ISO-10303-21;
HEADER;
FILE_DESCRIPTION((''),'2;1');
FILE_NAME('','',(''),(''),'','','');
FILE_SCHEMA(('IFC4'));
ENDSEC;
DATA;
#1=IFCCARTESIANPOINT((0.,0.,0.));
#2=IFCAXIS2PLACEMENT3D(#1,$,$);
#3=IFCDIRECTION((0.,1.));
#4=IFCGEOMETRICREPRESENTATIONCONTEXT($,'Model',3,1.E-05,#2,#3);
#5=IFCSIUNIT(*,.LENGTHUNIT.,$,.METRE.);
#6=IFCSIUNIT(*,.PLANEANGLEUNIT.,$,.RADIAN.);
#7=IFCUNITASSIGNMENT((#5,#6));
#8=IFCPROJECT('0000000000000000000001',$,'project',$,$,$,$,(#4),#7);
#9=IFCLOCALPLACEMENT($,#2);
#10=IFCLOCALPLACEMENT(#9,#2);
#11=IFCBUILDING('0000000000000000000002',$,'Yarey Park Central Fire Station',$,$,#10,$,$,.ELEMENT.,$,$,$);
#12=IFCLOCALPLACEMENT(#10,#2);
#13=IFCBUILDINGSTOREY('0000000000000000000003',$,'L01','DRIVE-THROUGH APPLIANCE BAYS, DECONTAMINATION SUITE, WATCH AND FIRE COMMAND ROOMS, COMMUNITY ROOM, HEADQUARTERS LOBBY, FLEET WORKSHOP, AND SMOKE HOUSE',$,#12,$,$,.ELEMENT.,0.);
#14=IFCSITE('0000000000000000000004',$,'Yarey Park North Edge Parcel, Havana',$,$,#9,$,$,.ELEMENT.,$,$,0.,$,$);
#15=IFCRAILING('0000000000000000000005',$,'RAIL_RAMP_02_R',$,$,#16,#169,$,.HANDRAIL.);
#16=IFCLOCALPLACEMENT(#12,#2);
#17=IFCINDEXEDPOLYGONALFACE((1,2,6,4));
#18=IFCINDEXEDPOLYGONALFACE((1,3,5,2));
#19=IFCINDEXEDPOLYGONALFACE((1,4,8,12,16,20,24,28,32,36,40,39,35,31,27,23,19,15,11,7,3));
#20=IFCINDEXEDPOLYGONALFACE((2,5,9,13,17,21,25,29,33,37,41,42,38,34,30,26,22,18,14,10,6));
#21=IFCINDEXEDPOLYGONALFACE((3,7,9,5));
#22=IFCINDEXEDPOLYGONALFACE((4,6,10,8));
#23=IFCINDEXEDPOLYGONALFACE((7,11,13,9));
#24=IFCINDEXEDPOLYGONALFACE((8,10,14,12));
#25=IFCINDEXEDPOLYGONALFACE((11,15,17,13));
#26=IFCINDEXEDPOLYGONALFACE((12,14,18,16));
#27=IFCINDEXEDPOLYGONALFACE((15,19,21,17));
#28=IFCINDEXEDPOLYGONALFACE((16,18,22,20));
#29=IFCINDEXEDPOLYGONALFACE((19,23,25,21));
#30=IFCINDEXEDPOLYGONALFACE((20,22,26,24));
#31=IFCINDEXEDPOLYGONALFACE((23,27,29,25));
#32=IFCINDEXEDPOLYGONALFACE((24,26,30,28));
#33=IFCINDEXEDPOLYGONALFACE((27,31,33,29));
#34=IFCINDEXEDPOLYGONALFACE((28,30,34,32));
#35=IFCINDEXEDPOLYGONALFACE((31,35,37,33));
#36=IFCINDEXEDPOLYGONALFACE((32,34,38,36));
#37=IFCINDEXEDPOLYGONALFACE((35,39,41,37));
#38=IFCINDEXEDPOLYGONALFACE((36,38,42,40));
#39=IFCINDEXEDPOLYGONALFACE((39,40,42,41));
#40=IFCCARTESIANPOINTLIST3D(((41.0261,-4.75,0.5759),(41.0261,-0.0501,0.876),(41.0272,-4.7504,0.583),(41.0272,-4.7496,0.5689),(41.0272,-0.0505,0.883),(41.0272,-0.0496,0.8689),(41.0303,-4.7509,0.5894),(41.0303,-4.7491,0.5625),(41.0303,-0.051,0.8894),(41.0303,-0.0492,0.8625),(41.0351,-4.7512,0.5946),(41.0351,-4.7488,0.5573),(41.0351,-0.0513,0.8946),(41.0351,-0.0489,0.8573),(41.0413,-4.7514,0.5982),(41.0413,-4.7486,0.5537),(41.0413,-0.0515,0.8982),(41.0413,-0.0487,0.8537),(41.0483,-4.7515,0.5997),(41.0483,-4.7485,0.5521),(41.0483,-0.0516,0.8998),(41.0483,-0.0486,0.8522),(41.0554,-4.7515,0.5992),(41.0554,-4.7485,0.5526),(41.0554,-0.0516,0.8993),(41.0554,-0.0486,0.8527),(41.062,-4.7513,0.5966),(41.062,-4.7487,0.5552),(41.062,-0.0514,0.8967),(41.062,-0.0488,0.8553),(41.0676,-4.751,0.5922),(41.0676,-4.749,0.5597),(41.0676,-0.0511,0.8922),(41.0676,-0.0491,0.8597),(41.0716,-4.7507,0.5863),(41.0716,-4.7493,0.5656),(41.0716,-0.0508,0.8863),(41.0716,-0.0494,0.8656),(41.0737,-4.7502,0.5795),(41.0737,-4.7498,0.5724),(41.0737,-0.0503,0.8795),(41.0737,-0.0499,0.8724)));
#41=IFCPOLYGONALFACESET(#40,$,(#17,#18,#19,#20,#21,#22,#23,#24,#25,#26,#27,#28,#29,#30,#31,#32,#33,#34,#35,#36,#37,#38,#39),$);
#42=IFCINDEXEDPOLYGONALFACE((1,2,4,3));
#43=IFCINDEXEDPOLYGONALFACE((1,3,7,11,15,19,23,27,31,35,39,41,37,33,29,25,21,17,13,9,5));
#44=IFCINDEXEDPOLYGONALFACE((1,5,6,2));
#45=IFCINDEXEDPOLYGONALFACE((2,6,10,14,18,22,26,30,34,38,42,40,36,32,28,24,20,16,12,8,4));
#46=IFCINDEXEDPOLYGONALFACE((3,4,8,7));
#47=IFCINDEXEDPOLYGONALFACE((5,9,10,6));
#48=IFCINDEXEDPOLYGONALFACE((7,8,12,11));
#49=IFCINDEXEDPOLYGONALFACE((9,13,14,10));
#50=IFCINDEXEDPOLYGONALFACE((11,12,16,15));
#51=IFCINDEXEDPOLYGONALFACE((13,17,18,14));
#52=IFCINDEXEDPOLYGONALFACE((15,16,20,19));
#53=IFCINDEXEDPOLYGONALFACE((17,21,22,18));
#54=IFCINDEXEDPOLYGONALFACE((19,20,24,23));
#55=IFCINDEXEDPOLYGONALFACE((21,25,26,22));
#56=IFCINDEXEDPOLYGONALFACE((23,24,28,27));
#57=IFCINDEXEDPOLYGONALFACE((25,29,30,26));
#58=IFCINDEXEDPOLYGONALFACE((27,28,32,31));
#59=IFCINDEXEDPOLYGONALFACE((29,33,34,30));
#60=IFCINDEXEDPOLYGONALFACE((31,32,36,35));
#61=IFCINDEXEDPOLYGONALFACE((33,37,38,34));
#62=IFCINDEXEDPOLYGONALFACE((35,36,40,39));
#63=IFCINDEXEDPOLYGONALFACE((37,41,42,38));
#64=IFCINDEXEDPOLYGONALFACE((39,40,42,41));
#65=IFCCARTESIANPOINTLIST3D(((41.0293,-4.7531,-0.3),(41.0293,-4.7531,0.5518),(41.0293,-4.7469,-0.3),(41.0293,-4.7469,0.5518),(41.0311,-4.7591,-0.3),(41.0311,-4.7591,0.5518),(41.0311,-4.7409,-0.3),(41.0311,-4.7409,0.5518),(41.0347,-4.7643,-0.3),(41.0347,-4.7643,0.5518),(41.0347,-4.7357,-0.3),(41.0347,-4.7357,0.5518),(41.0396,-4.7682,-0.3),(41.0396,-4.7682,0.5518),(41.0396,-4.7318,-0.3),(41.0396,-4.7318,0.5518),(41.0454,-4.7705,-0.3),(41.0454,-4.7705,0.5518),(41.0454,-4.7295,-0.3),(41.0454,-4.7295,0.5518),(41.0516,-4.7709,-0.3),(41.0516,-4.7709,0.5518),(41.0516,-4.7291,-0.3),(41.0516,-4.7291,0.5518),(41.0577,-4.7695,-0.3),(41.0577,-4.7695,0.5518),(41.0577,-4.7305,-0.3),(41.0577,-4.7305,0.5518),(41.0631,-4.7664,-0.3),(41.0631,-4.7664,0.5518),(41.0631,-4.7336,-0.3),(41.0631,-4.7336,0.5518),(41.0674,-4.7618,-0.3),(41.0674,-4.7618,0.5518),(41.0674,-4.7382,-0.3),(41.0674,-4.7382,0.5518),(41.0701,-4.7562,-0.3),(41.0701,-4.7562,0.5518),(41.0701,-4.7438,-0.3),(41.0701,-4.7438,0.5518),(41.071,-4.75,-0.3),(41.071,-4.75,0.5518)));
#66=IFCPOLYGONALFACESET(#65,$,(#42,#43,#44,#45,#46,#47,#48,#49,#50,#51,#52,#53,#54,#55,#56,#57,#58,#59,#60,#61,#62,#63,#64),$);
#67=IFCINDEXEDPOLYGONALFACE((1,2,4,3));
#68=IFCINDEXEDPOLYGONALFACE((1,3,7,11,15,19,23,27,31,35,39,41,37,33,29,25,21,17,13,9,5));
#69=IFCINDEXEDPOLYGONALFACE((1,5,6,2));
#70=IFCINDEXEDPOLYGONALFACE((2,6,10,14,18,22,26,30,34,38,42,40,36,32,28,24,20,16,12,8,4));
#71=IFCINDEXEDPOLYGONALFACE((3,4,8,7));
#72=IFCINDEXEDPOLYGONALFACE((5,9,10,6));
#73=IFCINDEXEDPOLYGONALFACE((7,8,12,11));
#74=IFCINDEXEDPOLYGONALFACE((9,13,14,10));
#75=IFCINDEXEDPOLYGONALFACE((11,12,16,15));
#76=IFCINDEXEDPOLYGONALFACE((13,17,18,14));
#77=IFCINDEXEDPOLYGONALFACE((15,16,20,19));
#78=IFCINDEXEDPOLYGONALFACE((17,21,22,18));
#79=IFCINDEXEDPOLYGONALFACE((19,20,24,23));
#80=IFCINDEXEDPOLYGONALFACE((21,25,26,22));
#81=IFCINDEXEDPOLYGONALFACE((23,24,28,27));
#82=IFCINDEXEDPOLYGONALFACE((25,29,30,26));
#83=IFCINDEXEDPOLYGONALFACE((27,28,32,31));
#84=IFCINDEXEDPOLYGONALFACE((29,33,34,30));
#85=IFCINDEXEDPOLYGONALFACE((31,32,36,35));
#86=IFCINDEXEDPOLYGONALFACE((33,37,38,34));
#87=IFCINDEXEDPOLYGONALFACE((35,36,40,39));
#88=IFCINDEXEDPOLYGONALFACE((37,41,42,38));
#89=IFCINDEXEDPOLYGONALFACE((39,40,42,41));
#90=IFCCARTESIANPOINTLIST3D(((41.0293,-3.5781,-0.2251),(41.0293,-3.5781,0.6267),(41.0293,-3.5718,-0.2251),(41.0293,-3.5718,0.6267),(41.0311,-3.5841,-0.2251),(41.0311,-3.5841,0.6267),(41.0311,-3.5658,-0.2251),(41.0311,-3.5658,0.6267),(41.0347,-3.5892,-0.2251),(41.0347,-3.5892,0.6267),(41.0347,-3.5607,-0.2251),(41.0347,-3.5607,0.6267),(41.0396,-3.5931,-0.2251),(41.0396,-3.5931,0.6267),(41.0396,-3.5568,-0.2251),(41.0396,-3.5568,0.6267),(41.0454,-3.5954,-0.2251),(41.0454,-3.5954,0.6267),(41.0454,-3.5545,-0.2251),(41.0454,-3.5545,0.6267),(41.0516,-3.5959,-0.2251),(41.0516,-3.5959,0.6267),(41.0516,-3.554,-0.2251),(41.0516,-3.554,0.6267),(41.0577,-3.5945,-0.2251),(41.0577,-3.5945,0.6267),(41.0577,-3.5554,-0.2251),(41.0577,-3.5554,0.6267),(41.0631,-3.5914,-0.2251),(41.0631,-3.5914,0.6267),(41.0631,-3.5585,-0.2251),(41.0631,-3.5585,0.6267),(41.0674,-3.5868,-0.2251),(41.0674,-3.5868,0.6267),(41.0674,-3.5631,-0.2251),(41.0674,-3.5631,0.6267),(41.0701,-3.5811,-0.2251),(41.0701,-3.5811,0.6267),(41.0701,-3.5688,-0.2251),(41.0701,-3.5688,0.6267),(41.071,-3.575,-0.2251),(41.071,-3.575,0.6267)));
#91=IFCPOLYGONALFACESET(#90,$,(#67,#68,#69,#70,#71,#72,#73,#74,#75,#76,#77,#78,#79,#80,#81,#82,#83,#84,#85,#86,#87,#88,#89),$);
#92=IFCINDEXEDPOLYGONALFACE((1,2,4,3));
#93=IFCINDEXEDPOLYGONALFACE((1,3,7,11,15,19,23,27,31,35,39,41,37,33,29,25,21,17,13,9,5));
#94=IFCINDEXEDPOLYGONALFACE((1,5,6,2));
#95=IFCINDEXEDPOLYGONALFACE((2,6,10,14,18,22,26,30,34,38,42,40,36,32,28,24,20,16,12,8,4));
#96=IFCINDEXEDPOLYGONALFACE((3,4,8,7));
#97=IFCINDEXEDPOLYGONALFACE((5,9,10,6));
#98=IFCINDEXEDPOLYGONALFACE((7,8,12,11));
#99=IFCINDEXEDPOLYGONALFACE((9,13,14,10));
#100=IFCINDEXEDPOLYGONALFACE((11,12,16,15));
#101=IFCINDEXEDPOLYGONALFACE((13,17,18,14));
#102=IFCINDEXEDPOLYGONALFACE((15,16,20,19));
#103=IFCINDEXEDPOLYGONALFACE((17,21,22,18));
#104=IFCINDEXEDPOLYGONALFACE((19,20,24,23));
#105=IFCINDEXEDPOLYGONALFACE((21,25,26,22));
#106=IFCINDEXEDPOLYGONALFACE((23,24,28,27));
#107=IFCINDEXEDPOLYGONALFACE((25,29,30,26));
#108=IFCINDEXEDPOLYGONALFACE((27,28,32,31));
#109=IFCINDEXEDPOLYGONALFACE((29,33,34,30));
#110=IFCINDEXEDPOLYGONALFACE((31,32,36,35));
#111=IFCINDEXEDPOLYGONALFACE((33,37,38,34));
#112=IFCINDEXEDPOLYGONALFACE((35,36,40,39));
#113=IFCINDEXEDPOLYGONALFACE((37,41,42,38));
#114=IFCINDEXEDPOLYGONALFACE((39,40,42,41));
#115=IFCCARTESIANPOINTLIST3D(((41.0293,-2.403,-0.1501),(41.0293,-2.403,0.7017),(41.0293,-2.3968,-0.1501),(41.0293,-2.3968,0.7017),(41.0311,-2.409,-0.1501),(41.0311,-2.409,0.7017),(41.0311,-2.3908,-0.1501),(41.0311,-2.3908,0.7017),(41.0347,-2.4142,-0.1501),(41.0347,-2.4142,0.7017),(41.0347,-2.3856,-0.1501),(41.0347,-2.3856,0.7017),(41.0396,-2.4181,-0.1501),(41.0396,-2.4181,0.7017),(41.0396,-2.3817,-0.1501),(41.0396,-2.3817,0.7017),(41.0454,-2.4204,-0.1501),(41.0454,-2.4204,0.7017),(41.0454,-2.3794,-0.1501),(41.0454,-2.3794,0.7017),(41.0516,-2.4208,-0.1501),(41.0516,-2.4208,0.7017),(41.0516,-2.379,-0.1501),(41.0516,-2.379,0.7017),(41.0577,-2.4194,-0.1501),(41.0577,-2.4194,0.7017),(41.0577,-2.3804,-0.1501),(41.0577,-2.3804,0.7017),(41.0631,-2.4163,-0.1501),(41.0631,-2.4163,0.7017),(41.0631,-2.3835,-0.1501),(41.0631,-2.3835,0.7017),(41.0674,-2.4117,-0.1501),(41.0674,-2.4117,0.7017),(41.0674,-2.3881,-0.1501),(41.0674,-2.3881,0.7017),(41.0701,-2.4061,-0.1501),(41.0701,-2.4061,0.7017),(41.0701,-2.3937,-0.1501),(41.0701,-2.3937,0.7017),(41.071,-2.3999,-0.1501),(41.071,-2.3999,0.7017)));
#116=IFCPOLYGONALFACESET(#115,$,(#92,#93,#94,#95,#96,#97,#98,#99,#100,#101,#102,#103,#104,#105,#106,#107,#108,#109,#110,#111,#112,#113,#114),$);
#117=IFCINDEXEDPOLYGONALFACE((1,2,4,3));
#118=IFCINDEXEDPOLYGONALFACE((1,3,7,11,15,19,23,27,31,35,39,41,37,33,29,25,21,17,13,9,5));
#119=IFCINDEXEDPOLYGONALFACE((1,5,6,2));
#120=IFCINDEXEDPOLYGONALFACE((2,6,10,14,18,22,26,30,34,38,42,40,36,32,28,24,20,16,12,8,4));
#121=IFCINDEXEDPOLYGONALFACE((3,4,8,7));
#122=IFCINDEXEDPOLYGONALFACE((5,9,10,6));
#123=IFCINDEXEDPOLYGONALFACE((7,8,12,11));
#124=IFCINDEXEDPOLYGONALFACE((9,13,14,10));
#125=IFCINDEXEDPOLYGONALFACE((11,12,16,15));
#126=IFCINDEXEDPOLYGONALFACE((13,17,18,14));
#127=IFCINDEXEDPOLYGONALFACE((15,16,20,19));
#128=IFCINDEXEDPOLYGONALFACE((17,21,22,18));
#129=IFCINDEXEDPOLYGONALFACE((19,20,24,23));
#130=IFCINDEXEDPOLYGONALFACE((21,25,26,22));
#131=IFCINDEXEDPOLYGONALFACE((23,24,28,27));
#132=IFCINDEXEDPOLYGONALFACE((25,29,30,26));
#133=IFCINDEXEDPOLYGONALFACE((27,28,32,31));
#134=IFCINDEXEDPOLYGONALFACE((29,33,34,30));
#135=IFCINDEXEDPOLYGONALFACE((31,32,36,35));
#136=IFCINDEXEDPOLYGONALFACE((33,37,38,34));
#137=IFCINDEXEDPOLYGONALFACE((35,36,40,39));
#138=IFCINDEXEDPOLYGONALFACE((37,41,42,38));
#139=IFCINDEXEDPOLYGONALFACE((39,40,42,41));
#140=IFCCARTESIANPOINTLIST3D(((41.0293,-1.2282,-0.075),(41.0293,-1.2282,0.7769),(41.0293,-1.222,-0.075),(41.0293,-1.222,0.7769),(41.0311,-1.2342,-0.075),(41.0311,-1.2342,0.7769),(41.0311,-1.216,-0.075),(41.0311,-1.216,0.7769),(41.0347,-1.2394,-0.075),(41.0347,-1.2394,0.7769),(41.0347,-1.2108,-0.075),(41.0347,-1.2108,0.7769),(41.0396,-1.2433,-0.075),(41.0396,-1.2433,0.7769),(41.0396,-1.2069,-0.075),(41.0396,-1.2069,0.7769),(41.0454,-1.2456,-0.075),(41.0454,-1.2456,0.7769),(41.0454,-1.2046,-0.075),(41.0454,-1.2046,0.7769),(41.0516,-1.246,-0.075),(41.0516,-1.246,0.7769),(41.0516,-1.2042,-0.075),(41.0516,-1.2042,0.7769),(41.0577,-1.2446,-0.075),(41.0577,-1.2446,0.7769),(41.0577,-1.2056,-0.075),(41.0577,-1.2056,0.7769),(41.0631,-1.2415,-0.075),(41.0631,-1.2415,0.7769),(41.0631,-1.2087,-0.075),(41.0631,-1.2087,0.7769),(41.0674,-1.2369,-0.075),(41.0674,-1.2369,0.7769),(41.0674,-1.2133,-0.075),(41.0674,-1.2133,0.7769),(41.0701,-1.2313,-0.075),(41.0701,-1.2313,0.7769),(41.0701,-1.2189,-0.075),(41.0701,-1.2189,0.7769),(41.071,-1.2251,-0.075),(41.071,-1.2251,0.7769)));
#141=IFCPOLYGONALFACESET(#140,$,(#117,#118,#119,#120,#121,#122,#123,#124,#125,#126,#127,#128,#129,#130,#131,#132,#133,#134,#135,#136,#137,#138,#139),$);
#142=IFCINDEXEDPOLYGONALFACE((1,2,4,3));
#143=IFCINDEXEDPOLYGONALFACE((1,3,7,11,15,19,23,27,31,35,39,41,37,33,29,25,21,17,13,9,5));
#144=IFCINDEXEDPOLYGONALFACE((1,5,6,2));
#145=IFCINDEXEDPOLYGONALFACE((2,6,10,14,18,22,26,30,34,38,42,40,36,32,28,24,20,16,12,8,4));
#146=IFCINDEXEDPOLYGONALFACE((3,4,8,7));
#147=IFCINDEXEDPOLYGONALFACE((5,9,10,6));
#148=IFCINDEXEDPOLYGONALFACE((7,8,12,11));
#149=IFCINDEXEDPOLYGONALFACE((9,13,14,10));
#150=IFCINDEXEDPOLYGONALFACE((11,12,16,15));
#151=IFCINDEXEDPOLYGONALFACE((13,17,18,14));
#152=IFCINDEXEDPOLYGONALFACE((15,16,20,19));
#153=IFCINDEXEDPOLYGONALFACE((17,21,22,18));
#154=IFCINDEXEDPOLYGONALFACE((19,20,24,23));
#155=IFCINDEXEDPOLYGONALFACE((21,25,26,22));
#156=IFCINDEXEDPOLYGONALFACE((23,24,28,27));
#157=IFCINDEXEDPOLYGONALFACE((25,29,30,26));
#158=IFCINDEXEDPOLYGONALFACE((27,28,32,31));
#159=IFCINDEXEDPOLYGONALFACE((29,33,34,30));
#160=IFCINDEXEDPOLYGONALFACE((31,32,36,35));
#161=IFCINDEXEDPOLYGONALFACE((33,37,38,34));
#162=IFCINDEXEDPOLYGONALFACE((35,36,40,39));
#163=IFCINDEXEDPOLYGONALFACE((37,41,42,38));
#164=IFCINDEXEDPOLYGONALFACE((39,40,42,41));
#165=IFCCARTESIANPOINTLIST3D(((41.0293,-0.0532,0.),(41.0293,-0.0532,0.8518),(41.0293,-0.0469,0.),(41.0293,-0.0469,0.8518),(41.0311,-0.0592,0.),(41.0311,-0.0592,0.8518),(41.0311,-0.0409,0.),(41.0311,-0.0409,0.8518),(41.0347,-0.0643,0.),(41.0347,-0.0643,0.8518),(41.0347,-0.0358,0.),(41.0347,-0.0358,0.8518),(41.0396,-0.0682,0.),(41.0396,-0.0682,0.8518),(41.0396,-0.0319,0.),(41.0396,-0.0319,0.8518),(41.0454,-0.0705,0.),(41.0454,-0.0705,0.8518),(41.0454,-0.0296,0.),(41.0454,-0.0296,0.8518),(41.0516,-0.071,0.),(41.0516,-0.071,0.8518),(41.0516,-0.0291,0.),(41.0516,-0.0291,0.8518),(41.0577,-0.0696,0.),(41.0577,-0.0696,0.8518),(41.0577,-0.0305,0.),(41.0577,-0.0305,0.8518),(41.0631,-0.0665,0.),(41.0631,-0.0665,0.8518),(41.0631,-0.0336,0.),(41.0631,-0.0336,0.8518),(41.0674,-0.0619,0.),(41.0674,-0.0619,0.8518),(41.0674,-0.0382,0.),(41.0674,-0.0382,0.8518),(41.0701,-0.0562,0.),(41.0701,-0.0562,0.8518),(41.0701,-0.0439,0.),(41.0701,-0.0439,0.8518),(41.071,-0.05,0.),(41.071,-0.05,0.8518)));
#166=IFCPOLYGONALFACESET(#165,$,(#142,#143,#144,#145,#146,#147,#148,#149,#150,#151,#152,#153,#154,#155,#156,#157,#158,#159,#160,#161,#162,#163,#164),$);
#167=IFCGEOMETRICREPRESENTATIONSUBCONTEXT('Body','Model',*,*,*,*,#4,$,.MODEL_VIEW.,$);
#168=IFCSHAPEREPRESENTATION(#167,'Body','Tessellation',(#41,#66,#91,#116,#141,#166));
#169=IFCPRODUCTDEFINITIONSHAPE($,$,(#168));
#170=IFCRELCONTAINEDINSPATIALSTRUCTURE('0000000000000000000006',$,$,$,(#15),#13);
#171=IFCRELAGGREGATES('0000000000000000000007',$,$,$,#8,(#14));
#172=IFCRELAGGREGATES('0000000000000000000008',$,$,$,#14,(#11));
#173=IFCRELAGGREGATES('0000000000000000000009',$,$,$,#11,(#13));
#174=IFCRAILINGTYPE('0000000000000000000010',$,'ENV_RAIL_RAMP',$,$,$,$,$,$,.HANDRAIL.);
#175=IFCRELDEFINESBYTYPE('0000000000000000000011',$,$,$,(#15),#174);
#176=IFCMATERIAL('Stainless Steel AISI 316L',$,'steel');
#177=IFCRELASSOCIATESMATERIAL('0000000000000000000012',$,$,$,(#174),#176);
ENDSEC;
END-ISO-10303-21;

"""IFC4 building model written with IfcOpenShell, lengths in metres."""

from ifc_helpers import new_model, si_unit, direction, frame, origin, origin_2d, place, context, subcontext, project, spatial, circle, extrude, material, type_object, element, save


model = new_model("IFC4")

# Units and contexts
model_context = context("Model", 3, precision=1e-05, world=origin(), true_north=direction((0.0, 1.0)))
body_context = subcontext(model_context, "Body", "Model", "MODEL_VIEW")
ifc_project = project(units=[si_unit("LENGTHUNIT", "METRE"), si_unit("PLANEANGLEUNIT", "RADIAN")], contexts=[model_context])

# Site, building, storey
site_placement = place(None, origin())
site = spatial("IfcSite", under=ifc_project, at=site_placement, Name="Yarey Park North Edge Parcel, Havana", CompositionType="ELEMENT", RefElevation=0.0)
building_placement = place(site_placement, origin())
building = spatial("IfcBuilding", under=site, at=building_placement, Name="Yarey Park Central Fire Station", CompositionType="ELEMENT")
storey_placement = place(building_placement, origin())
storey = spatial("IfcBuildingStorey", under=building, at=storey_placement, Name="L01", Description="DRIVE-THROUGH APPLIANCE BAYS, DECONTAMINATION SUITE, WATCH AND FIRE COMMAND ROOMS, COMMUNITY ROOM, HEADQUARTERS LOBBY, FLEET WORKSHOP, AND SMOKE HOUSE", CompositionType="ELEMENT", Elevation=0.0)

# Railing
ifc_material_1 = material(Name="Stainless Steel AISI 316L", Category="steel")
railing_type = type_object("IfcRailingType", Name="ENV_RAIL_RAMP", PredefinedType="HANDRAIL", material=ifc_material_1)
for number, where, name in (
    (1, (41.05, -4.75, -0.3), "RAIL_RAMP_02_R"),
):
    element("IfcRailing", number, at=place(storey_placement, frame(where)), inside=storey, type_object=railing_type, Name=name, PredefinedType="HANDRAIL", context=body_context, shape_type="SweptSolid", body=[
        extrude(circle(Radius=0.0239, at=origin_2d()), frame((0.0, 0.0, 0.876), z_axis=(0.0, 0.997968, 0.063711), x_axis=(-1.0, 0.0, 0.0)), (0.0, 0.0, 1.0), 4.7095),
        extrude(circle(Radius=0.021, at=origin_2d()), origin(), (0.0, 0.0, 1.0), 0.8518),
        extrude(circle(Radius=0.021, at=origin_2d()), frame((0.0, 1.175, 0.075)), (0.0, 0.0, 1.0), 0.8518),
        extrude(circle(Radius=0.021, at=origin_2d()), frame((0.0, 2.3501, 0.1499)), (0.0, 0.0, 1.0), 0.8518),
        extrude(circle(Radius=0.021, at=origin_2d()), frame((0.0, 3.5249, 0.2251)), (0.0, 0.0, 1.0), 0.8518),
        extrude(circle(Radius=0.021, at=origin_2d()), frame((0.0, 4.7, 0.3)), (0.0, 0.0, 1.0), 0.8518),
    ])

save(model, "model.ifc")
